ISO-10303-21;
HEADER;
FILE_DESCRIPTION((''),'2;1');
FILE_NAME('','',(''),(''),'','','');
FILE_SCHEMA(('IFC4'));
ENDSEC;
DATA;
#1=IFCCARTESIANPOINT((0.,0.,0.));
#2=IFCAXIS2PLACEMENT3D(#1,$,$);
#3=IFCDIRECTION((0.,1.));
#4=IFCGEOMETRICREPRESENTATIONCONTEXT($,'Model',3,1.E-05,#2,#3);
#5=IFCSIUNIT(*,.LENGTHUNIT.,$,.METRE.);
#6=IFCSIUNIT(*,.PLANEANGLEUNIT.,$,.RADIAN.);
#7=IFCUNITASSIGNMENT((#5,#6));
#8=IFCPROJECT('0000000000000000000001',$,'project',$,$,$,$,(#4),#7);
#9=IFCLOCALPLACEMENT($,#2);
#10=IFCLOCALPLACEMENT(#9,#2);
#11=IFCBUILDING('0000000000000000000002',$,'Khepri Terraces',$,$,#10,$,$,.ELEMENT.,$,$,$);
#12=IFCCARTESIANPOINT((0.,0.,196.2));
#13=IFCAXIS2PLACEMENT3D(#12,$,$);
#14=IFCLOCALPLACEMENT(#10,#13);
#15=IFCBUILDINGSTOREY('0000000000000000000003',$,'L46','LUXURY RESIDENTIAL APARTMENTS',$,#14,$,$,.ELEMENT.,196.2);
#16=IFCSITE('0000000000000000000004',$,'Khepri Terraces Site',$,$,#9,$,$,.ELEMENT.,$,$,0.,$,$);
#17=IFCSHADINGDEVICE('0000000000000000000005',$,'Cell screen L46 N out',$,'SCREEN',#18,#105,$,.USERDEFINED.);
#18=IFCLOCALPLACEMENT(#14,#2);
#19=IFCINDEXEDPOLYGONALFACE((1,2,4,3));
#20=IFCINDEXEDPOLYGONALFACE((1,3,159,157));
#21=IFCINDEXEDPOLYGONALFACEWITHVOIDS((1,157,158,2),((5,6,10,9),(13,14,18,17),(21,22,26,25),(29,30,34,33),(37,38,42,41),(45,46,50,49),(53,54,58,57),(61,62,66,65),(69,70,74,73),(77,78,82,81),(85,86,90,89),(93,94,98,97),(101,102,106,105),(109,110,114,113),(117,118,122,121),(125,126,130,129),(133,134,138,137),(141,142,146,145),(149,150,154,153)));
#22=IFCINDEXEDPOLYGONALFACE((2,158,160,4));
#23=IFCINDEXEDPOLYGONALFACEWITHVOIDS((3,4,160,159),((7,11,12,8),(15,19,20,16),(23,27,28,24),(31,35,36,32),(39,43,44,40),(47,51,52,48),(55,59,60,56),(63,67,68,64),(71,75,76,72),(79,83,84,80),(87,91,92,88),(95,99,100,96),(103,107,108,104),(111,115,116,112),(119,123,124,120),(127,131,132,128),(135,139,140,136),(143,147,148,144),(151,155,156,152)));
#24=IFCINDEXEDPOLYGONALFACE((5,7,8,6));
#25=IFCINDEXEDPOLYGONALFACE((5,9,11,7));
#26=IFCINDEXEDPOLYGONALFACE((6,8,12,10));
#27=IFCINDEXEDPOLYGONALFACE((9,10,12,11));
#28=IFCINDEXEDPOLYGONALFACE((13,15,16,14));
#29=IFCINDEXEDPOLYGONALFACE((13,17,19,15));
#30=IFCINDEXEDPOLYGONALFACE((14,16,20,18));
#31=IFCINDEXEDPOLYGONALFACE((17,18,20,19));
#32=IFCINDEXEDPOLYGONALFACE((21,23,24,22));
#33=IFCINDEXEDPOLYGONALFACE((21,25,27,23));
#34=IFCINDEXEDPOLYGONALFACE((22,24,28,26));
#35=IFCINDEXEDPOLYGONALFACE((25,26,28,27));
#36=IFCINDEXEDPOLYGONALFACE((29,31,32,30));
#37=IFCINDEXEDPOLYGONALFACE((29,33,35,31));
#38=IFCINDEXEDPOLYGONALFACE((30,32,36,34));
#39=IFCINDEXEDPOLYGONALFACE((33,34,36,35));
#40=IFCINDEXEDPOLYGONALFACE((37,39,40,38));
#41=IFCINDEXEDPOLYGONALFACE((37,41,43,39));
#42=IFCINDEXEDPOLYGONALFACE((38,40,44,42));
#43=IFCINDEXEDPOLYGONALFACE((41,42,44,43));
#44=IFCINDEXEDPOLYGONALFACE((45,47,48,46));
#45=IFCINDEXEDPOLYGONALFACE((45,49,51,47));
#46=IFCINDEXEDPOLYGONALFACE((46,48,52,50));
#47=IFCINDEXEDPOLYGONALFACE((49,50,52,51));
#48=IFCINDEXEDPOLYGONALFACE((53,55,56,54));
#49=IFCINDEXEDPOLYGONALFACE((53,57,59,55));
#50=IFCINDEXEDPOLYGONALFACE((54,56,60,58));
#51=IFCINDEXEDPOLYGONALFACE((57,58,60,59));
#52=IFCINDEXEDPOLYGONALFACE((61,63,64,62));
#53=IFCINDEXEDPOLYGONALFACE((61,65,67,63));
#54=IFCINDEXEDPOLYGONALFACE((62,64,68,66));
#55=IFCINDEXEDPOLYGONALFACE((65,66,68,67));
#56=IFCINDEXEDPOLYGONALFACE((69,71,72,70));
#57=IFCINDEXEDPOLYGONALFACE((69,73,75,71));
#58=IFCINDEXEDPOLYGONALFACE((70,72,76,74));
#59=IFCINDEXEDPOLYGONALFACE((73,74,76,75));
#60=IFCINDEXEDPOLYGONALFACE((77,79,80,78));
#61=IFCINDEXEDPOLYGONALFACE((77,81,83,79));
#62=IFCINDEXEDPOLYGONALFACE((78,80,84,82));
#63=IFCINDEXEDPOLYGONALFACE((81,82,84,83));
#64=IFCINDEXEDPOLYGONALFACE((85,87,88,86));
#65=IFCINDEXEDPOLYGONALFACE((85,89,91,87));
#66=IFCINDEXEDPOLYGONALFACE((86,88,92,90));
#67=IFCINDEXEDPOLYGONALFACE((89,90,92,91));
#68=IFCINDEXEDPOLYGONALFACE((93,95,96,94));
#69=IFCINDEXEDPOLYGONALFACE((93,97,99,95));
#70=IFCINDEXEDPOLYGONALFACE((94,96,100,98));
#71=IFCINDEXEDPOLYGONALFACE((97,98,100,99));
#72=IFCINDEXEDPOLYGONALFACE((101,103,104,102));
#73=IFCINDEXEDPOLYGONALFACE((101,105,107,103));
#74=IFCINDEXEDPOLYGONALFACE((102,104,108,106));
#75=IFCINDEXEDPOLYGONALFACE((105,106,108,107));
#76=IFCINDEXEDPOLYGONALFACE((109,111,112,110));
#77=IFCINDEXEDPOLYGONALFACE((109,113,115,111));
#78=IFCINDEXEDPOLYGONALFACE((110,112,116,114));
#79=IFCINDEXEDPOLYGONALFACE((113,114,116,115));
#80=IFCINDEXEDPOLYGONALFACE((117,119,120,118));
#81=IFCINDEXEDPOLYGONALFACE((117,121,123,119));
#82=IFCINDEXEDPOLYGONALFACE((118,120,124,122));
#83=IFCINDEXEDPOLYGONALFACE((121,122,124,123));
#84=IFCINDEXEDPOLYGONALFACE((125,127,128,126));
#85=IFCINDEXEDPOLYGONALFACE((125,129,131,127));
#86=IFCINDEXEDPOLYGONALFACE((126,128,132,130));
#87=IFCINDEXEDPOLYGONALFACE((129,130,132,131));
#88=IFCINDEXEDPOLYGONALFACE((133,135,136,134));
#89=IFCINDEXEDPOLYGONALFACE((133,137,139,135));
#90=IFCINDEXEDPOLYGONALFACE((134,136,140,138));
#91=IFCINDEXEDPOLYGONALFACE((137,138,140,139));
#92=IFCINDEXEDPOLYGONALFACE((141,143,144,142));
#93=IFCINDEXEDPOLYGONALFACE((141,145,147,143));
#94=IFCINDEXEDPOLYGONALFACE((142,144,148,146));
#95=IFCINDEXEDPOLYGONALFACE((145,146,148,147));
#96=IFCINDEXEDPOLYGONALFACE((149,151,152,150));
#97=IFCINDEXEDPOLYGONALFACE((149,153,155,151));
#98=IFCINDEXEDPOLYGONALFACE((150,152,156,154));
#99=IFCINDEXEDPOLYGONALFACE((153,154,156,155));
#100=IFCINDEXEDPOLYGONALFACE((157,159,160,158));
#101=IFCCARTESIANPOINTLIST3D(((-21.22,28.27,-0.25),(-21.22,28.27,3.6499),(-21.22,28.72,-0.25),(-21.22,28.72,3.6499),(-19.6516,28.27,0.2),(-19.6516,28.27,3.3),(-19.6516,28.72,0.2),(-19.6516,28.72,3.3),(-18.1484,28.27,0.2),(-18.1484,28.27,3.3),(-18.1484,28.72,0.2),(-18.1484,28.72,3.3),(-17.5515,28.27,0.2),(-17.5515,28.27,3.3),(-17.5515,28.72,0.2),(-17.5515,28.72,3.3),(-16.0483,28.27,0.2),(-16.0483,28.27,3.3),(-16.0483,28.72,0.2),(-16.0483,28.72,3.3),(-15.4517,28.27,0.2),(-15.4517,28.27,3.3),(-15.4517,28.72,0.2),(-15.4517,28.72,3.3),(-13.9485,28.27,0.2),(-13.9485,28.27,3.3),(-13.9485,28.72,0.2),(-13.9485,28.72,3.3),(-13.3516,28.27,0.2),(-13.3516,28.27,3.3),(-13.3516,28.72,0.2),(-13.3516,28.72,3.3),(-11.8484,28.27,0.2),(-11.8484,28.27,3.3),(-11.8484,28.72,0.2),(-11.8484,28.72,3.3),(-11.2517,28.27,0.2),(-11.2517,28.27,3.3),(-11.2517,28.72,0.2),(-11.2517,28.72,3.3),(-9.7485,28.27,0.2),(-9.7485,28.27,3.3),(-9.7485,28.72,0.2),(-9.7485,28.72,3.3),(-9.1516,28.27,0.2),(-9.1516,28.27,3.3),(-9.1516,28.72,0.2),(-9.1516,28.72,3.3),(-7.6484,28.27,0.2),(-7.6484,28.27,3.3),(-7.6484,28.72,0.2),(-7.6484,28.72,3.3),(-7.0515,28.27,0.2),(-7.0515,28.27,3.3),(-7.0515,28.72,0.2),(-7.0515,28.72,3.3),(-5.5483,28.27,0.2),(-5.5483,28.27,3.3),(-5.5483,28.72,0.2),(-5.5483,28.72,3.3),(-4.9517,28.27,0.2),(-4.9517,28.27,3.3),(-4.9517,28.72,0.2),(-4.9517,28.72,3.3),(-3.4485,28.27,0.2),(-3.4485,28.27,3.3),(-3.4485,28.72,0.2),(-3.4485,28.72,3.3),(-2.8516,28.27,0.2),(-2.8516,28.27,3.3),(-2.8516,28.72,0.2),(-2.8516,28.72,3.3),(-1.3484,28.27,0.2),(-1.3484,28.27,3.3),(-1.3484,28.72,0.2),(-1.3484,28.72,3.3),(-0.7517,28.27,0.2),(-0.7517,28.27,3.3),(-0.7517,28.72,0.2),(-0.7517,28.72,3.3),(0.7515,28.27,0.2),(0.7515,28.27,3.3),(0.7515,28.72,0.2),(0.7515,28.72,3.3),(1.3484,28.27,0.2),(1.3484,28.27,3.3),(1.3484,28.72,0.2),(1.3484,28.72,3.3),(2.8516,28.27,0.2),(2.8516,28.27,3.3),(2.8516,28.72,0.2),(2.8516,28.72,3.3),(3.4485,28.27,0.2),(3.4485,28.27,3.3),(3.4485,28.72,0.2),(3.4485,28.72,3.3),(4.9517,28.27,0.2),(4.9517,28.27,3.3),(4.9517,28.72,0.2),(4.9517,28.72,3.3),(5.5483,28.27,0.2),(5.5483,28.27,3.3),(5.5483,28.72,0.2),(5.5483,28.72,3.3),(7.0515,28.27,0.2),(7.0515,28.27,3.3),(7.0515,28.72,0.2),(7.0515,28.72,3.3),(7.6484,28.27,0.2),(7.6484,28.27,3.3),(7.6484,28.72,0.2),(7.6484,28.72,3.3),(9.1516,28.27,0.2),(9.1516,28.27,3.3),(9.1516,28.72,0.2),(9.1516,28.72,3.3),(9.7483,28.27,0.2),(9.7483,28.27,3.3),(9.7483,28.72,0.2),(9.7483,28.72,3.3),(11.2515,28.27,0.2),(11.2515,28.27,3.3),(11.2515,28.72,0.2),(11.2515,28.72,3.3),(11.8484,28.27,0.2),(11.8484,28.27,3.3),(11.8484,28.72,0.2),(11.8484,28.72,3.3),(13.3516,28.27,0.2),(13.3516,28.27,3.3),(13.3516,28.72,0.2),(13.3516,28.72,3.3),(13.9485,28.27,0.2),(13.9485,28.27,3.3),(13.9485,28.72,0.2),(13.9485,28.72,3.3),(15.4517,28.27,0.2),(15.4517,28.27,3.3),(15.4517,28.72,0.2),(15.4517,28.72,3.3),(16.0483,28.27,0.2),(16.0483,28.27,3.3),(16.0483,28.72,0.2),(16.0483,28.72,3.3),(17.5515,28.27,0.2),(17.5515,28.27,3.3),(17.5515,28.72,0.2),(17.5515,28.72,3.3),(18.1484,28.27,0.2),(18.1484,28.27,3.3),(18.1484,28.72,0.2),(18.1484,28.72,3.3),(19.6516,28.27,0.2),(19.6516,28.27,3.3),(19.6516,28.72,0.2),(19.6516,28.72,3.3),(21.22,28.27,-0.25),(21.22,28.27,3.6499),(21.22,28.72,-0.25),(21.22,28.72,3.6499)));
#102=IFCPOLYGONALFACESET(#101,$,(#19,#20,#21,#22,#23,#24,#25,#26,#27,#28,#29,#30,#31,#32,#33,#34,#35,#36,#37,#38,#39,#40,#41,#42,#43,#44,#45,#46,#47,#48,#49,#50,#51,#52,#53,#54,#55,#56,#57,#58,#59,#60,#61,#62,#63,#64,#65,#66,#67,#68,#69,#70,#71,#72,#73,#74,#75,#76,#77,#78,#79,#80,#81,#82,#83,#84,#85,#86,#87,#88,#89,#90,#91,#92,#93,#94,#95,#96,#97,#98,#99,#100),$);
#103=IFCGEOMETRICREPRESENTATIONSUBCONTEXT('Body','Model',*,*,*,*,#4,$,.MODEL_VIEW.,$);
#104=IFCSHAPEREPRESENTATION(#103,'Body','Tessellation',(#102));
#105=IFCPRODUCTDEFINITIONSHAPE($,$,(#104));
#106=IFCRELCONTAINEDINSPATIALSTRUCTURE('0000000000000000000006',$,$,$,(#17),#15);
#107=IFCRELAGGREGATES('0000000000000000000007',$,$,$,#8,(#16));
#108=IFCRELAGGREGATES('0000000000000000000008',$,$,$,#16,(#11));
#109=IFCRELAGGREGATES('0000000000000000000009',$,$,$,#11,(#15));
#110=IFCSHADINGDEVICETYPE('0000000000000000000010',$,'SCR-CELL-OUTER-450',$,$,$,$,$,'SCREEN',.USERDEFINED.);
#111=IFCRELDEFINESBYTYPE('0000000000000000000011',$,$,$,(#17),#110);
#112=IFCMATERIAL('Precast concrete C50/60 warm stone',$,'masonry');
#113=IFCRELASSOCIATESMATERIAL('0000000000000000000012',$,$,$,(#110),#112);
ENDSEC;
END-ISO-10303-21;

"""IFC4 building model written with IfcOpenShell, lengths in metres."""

from ifc_helpers import new_model, si_unit, direction, frame, origin, place, context, subcontext, project, spatial, polyline, outline, extrude, material, type_object, element, save


model = new_model("IFC4")

# Units and contexts
model_context = context("Model", 3, precision=1e-05, world=origin(), true_north=direction((0.0, 1.0)))
body_context = subcontext(model_context, "Body", "Model", "MODEL_VIEW")
ifc_project = project(units=[si_unit("LENGTHUNIT", "METRE"), si_unit("PLANEANGLEUNIT", "RADIAN")], contexts=[model_context])

# Site, building, storey
site_placement = place(None, origin())
site = spatial("IfcSite", under=ifc_project, at=site_placement, Name="Khepri Terraces Site", CompositionType="ELEMENT", RefElevation=0.0)
building_placement = place(site_placement, origin())
building = spatial("IfcBuilding", under=site, at=building_placement, Name="Khepri Terraces", CompositionType="ELEMENT")
storey_placement = place(building_placement, frame((0.0, 0.0, 196.2)))
storey = spatial("IfcBuildingStorey", under=building, at=storey_placement, Name="L46", Description="LUXURY RESIDENTIAL APARTMENTS", CompositionType="ELEMENT", Elevation=196.2)

# Shared definitions
ifc_material_1 = material(Name="Precast concrete C50/60 warm stone", Category="masonry")

# Shading device
shading_device_type_1 = type_object("IfcShadingDeviceType", Name="SCR-CELL-OUTER-450", ElementType="SCREEN", PredefinedType="USERDEFINED", material=ifc_material_1)
shading_device_1_placement = place(storey_placement, frame((21.22, 28.27, -0.25), z_axis=(0.0, 1.0, 0.0), x_axis=(-1.0, 0.0, 0.0)))
element("IfcShadingDevice", 1, at=shading_device_1_placement, inside=storey, type_object=shading_device_type_1, Name="Cell screen L46 N out", ObjectType="SCREEN", PredefinedType="USERDEFINED", context=body_context, shape_type="SweptSolid", body=[
    extrude(outline(polyline([(0.0, 0.0), (42.4399, 0.0), (42.4399, 3.8999), (0.0, 3.8999), (0.0, 0.0)]), holes=[polyline([(1.5684, 0.45), (3.0715, 0.45), (3.0715, 3.55), (1.5684, 3.55), (1.5684, 0.45)]), polyline([(3.6685, 0.45), (5.1716, 0.45), (5.1716, 3.55), (3.6685, 3.55), (3.6685, 0.45)]), polyline([(5.7683, 0.45), (7.2715, 0.45), (7.2715, 3.55), (5.7683, 3.55), (5.7683, 0.45)]), polyline([(7.8684, 0.45), (9.3716, 0.45), (9.3716, 3.55), (7.8684, 3.55), (7.8684, 0.45)]), polyline([(9.9685, 0.45), (11.4717, 0.45), (11.4717, 3.55), (9.9685, 3.55), (9.9685, 0.45)]), polyline([(12.0684, 0.45), (13.5715, 0.45), (13.5715, 3.55), (12.0684, 3.55), (12.0684, 0.45)]), polyline([(14.1685, 0.45), (15.6716, 0.45), (15.6716, 3.55), (14.1685, 3.55), (14.1685, 0.45)]), polyline([(16.2683, 0.45), (17.7715, 0.45), (17.7715, 3.55), (16.2683, 3.55), (16.2683, 0.45)]), polyline([(18.3684, 0.45), (19.8716, 0.45), (19.8716, 3.55), (18.3684, 3.55), (18.3684, 0.45)]), polyline([(20.4685, 0.45), (21.9717, 0.45), (21.9717, 3.55), (20.4685, 3.55), (20.4685, 0.45)]), polyline([(22.5684, 0.45), (24.0715, 0.45), (24.0715, 3.55), (22.5684, 3.55), (22.5684, 0.45)]), polyline([(24.6685, 0.45), (26.1716, 0.45), (26.1716, 3.55), (24.6685, 3.55), (24.6685, 0.45)]), polyline([(26.7683, 0.45), (28.2715, 0.45), (28.2715, 3.55), (26.7683, 3.55), (26.7683, 0.45)]), polyline([(28.8684, 0.45), (30.3716, 0.45), (30.3716, 3.55), (28.8684, 3.55), (28.8684, 0.45)]), polyline([(30.9685, 0.45), (32.4717, 0.45), (32.4717, 3.55), (30.9685, 3.55), (30.9685, 0.45)]), polyline([(33.0684, 0.45), (34.5715, 0.45), (34.5715, 3.55), (33.0684, 3.55), (33.0684, 0.45)]), polyline([(35.1685, 0.45), (36.6716, 0.45), (36.6716, 3.55), (35.1685, 3.55), (35.1685, 0.45)]), polyline([(37.2683, 0.45), (38.7715, 0.45), (38.7715, 3.55), (37.2683, 3.55), (37.2683, 0.45)]), polyline([(39.3684, 0.45), (40.8716, 0.45), (40.8716, 3.55), (39.3684, 3.55), (39.3684, 0.45)])]), origin(), (0.0, 0.0, 1.0), 0.45),
])

save(model, "model.ifc")
